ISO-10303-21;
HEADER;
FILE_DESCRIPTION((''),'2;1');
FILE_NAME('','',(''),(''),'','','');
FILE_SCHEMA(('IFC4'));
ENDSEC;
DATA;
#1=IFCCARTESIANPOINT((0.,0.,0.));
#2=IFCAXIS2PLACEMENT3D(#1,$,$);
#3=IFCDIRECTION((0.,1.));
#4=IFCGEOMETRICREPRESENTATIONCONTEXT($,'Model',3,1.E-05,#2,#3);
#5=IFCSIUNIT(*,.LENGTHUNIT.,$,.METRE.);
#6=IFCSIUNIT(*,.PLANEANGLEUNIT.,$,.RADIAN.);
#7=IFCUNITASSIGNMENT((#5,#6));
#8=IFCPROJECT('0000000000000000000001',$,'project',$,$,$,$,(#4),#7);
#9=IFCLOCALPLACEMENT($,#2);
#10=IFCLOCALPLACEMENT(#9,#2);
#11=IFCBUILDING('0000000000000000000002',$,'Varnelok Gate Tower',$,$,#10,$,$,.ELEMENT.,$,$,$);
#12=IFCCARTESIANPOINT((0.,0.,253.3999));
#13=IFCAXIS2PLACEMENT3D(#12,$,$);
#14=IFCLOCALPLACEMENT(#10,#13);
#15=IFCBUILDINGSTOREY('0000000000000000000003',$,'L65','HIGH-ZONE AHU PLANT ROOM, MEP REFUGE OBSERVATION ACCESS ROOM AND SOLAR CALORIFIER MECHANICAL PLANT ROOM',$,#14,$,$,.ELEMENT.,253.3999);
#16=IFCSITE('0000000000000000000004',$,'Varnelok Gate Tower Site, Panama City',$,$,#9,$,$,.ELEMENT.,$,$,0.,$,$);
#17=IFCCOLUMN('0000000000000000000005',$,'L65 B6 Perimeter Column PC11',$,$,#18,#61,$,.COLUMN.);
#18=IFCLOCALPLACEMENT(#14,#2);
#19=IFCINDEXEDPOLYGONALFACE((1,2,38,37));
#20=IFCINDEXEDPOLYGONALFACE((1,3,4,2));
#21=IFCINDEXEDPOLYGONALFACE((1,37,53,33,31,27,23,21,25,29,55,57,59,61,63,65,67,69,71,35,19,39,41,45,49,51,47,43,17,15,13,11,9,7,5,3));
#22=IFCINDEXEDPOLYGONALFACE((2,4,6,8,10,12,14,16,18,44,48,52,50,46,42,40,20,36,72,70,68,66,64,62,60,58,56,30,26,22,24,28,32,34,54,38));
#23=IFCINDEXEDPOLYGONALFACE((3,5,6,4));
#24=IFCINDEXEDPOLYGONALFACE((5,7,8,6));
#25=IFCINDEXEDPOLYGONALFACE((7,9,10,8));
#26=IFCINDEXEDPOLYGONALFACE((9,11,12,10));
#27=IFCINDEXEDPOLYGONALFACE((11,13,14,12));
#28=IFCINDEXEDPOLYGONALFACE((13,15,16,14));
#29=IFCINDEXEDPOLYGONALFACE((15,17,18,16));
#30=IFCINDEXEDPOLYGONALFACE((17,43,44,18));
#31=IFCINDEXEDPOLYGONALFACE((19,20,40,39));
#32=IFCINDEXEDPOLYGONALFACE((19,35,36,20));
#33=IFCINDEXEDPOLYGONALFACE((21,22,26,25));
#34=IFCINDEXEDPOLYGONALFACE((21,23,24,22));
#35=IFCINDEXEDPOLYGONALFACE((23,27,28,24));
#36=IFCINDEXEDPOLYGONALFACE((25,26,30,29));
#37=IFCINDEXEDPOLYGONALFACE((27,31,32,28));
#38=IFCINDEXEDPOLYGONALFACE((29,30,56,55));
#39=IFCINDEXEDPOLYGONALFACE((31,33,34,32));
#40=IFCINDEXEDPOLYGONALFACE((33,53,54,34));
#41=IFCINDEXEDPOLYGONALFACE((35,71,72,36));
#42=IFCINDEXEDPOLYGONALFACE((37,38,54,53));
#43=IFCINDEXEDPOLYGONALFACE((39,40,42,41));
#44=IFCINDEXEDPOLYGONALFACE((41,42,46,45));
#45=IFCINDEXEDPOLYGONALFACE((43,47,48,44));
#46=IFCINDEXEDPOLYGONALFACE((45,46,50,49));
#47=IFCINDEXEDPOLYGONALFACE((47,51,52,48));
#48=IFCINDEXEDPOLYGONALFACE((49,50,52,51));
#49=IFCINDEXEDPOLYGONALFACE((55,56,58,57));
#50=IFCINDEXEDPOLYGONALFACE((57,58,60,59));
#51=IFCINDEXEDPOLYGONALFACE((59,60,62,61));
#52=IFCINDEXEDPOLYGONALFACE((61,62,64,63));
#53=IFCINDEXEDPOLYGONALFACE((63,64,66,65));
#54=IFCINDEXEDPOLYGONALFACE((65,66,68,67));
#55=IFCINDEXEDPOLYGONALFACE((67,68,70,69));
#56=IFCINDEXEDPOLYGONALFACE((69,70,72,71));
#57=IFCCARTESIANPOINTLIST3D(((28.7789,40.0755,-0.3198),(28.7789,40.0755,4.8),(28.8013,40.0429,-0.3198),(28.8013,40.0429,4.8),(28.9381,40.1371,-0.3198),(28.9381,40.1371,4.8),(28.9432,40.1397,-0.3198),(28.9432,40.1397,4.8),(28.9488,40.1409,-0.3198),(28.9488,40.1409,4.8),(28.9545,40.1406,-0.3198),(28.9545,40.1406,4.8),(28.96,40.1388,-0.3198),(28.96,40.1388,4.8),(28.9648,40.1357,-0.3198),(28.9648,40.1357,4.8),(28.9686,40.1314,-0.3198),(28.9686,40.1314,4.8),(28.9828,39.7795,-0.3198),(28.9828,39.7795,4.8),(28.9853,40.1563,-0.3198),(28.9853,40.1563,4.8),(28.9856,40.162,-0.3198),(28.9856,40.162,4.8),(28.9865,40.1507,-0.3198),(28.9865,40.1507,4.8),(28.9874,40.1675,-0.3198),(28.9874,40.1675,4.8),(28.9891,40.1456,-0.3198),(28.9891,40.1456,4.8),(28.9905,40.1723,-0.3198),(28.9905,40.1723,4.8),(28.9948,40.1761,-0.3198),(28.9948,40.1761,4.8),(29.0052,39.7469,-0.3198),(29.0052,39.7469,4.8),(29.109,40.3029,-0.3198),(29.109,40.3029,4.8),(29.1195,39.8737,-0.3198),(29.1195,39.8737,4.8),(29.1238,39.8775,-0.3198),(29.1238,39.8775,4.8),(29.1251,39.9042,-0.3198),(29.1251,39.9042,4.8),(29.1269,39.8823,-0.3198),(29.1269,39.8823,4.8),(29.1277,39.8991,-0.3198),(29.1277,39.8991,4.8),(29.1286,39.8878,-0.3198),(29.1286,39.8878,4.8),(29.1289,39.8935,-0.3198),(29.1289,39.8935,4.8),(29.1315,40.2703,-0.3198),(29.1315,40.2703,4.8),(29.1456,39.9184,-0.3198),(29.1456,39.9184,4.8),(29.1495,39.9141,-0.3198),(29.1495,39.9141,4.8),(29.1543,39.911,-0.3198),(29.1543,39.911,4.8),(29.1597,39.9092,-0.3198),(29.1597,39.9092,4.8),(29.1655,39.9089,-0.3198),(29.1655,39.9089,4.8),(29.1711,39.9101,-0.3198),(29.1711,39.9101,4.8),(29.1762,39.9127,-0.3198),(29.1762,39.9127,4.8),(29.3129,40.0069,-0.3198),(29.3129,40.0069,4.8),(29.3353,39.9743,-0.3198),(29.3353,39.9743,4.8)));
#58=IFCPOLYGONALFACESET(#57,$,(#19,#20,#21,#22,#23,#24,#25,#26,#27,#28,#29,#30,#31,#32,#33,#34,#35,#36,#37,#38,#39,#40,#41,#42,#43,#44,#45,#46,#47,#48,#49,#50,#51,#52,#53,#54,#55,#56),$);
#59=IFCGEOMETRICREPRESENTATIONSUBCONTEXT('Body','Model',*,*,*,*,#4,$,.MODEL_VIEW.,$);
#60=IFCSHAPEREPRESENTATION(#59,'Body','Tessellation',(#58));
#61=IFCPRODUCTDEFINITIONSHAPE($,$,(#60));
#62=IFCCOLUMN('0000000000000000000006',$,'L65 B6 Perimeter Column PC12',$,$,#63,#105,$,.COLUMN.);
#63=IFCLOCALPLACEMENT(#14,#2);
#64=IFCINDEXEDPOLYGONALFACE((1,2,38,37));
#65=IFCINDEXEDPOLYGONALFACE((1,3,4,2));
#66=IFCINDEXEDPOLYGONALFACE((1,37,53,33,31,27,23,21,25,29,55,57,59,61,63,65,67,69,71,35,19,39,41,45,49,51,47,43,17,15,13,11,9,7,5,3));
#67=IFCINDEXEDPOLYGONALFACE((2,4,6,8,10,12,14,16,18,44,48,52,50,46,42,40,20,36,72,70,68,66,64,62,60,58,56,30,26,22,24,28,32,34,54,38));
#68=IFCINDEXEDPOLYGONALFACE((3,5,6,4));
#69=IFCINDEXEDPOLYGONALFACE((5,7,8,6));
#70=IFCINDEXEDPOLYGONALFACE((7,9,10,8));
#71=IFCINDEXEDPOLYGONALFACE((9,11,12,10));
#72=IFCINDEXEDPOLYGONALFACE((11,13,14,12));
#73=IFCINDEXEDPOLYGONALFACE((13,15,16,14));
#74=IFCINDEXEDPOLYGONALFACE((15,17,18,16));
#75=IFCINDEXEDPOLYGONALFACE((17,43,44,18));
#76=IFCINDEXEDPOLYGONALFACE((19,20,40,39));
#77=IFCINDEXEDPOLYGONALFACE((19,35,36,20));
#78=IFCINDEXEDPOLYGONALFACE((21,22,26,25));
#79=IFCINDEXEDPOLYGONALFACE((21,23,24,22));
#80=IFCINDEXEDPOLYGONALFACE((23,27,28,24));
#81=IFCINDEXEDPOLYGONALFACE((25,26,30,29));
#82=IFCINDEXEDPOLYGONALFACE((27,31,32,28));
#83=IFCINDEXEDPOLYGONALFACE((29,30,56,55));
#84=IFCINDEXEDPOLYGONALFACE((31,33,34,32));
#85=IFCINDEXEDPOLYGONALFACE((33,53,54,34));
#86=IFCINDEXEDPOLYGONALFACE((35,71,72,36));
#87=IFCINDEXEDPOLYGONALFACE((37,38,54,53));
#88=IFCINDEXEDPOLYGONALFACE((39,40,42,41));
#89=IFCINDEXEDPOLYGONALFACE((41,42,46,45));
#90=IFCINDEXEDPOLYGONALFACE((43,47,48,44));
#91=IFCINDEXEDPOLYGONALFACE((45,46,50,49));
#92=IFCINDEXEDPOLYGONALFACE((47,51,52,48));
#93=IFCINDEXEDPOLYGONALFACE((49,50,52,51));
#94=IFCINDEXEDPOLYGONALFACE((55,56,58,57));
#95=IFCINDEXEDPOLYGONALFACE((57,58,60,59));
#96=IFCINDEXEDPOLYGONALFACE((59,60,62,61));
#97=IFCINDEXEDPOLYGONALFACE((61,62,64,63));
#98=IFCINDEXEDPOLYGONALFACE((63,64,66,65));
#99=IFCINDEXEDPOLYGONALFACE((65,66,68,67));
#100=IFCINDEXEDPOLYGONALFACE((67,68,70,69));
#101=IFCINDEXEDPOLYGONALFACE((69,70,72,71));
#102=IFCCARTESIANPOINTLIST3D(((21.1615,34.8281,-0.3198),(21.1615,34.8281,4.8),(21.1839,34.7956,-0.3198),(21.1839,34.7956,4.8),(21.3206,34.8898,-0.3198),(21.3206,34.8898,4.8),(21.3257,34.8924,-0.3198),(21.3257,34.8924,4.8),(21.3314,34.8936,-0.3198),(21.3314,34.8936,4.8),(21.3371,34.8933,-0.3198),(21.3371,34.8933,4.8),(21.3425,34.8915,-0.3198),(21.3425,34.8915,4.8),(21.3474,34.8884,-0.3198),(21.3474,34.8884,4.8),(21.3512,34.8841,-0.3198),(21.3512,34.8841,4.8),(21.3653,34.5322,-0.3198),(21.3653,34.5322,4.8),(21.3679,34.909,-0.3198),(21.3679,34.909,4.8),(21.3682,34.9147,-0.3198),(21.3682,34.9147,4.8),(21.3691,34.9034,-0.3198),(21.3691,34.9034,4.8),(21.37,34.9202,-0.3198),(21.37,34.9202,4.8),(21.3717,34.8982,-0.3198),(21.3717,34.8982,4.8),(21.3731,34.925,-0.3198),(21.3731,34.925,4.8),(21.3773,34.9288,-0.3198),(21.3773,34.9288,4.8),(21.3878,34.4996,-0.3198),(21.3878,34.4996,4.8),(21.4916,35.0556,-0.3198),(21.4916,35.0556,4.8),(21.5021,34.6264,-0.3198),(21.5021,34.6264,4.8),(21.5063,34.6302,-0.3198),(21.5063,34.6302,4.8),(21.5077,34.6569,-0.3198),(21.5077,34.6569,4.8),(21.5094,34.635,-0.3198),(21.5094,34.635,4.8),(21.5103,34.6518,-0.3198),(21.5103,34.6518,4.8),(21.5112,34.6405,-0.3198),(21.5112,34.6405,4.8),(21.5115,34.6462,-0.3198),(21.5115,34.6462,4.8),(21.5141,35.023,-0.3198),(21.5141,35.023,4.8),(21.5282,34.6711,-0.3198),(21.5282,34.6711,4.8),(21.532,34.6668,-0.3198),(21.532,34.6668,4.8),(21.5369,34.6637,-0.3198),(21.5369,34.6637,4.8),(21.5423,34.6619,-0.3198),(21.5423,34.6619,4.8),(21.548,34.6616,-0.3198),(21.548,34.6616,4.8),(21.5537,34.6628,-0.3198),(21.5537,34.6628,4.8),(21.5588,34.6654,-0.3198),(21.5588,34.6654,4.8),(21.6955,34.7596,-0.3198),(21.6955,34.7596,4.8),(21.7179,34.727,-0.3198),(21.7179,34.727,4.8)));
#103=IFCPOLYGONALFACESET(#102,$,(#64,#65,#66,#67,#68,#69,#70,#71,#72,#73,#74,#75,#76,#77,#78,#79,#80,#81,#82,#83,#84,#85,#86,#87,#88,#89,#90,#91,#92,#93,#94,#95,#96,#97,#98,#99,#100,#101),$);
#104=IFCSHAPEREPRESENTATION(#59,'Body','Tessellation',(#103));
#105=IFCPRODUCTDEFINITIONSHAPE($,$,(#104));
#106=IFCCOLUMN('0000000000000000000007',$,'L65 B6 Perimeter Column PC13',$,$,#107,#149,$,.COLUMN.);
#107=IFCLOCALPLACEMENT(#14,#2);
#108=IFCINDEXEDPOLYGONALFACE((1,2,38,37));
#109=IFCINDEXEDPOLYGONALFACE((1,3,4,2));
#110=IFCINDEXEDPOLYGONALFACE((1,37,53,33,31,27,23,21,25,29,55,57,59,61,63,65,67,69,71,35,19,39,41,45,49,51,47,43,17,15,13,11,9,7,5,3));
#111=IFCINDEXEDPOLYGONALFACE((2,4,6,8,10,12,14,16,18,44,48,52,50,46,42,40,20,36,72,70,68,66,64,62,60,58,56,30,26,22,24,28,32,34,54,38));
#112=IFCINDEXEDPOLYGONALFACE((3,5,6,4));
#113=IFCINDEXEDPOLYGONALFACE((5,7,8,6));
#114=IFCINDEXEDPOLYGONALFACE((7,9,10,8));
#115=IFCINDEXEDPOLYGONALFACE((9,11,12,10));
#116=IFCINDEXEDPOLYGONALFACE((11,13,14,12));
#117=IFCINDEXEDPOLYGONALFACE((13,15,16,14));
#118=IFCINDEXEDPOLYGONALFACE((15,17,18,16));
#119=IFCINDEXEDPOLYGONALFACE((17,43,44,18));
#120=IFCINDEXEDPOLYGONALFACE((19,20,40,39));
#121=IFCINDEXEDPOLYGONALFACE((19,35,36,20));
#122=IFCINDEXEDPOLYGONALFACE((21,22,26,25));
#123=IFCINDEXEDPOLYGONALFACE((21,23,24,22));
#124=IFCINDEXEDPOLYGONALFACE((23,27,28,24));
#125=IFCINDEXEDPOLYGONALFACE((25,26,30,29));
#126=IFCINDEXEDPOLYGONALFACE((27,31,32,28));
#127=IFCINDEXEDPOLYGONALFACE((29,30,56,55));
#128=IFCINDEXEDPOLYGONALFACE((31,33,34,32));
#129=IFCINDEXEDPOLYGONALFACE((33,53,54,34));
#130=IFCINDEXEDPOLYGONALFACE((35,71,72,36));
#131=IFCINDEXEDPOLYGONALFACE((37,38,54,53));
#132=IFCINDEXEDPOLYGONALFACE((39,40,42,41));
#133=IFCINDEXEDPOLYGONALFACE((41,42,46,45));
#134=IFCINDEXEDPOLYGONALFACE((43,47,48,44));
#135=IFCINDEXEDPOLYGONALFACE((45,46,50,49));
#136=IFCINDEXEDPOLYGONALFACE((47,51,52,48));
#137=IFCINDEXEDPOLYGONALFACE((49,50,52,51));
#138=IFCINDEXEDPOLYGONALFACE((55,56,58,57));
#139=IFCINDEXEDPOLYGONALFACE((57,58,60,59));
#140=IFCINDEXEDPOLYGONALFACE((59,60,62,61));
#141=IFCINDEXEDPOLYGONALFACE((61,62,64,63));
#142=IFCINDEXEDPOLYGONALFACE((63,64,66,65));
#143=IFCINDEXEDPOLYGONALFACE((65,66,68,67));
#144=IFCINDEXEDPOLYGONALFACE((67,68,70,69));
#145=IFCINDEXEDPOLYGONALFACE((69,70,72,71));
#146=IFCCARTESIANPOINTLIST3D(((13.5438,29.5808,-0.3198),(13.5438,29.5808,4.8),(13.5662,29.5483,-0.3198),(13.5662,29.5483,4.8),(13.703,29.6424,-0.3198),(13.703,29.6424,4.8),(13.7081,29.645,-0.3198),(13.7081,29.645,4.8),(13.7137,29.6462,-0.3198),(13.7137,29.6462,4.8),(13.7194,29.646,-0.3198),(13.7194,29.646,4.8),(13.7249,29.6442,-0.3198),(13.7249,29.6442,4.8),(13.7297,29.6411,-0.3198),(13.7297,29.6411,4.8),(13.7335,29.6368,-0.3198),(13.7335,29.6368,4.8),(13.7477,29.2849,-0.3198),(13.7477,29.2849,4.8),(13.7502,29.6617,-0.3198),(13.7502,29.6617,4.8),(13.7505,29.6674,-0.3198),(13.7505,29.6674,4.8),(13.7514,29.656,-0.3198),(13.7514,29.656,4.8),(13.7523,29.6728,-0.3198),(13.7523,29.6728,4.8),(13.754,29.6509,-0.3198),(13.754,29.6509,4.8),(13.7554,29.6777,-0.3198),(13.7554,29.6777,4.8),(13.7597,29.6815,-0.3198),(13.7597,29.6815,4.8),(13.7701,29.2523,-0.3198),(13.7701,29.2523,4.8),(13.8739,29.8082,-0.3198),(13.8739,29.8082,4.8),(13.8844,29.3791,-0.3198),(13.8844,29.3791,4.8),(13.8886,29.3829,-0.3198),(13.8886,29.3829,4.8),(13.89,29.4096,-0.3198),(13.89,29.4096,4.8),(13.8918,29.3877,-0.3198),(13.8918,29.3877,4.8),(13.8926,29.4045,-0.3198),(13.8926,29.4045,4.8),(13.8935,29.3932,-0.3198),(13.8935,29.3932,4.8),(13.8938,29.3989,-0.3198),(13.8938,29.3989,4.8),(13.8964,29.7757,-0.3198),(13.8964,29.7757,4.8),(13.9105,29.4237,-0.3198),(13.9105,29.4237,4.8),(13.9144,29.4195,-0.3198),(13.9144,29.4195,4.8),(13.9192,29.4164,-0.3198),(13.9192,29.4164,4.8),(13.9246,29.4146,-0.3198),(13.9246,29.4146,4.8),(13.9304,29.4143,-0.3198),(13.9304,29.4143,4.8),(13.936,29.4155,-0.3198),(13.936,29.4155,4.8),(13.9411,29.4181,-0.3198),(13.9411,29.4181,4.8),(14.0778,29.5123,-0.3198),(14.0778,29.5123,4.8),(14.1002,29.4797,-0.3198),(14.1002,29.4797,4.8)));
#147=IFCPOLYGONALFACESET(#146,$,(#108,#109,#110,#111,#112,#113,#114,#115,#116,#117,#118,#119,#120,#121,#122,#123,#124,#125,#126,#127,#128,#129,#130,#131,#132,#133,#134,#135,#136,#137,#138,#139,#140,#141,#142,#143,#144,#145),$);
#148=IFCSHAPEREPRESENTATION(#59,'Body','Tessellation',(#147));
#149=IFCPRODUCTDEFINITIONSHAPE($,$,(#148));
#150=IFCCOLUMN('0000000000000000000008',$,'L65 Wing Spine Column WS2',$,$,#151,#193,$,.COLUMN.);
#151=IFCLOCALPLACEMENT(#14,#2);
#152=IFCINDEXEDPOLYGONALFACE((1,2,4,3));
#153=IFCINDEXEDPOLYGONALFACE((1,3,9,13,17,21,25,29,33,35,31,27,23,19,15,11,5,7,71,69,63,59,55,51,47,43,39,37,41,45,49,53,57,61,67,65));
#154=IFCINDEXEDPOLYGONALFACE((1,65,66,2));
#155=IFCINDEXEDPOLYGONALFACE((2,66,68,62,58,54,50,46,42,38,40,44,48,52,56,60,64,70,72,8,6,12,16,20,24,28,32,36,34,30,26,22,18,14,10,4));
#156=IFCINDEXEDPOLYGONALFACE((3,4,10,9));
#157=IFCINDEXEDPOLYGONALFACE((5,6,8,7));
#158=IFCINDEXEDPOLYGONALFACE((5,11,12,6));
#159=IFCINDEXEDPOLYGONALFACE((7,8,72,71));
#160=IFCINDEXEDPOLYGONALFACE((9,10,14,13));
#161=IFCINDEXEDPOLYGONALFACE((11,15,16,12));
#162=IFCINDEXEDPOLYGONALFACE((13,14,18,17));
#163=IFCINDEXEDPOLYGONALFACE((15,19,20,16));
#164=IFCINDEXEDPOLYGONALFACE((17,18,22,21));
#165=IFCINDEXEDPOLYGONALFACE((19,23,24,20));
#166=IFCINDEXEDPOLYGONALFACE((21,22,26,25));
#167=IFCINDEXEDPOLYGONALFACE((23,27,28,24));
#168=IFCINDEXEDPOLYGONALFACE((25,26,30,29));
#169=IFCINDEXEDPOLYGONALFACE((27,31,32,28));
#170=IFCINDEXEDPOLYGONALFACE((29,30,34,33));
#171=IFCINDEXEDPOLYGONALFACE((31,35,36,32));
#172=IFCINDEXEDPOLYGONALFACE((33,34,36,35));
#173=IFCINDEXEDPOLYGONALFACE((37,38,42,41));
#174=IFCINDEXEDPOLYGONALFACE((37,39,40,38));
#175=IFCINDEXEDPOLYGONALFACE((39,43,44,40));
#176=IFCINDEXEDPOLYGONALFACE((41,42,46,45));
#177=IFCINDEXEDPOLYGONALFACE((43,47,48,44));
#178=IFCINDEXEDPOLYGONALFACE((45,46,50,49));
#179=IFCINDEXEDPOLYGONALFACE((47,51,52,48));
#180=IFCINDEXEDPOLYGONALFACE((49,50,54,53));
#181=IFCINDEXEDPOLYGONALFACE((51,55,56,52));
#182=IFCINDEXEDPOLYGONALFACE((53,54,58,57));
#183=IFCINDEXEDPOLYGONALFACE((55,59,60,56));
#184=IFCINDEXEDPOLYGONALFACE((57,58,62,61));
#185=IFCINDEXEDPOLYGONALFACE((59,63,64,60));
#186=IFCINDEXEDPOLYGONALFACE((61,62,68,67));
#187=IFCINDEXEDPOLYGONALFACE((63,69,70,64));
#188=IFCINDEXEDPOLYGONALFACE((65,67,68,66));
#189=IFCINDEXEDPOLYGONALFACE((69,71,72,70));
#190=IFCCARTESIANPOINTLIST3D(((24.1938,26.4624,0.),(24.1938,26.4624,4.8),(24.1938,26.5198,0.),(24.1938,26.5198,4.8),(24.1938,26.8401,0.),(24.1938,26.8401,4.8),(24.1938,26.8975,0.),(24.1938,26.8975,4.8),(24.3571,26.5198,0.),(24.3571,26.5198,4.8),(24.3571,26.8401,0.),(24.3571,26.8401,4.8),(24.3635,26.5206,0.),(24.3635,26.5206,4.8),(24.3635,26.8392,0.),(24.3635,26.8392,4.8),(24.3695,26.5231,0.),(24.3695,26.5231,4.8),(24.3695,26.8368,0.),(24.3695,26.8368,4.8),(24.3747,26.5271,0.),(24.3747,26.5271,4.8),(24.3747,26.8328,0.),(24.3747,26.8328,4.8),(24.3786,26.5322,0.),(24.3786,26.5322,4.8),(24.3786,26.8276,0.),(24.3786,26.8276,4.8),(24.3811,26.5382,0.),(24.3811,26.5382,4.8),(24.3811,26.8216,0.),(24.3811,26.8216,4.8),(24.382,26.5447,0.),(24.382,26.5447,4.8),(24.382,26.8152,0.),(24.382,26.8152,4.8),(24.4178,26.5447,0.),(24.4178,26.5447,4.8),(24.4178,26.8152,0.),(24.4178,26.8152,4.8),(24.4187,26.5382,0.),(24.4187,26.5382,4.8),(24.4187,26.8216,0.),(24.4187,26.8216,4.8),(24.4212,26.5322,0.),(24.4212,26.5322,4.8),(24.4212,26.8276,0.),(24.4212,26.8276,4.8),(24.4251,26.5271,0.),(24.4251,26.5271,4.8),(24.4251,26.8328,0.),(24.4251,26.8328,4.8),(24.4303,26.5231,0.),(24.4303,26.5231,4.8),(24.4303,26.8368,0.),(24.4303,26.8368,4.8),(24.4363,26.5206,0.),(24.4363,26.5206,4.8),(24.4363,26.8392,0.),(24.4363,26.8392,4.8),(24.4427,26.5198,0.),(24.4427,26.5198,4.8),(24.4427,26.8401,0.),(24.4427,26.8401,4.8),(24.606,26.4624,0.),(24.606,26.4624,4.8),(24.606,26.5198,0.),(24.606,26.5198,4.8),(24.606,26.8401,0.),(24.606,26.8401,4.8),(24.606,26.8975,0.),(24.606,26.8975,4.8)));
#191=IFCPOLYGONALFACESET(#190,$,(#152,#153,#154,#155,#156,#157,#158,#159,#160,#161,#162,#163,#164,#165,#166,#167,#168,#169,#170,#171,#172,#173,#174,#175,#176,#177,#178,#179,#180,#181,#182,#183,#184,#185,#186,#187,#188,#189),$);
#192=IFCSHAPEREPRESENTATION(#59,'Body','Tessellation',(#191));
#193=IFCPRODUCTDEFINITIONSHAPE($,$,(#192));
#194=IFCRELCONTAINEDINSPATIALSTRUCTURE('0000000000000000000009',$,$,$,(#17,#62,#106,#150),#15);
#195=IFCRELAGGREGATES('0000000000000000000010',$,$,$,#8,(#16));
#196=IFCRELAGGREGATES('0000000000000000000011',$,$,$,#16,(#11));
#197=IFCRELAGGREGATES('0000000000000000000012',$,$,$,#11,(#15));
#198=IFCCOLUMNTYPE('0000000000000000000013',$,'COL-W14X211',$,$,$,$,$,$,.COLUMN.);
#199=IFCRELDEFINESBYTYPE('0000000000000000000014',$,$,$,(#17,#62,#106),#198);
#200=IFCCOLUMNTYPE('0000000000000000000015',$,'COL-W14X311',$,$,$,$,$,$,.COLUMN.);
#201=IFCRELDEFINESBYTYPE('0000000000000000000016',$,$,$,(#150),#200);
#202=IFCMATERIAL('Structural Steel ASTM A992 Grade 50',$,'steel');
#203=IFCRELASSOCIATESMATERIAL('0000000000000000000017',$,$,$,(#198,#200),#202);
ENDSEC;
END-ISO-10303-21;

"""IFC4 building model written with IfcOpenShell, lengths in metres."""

from ifc_helpers import new_model, si_unit, direction, frame, origin, origin_2d, place, context, subcontext, project, spatial, i_section, extrude, material, material_profile, profile_set, type_object, element, save


model = new_model("IFC4")

# Units and contexts
model_context = context("Model", 3, precision=1e-05, world=origin(), true_north=direction((0.0, 1.0)))
body_context = subcontext(model_context, "Body", "Model", "MODEL_VIEW")
ifc_project = project(units=[si_unit("LENGTHUNIT", "METRE"), si_unit("PLANEANGLEUNIT", "RADIAN")], contexts=[model_context])

# Site, building, storey
site_placement = place(None, origin())
site = spatial("IfcSite", under=ifc_project, at=site_placement, Name="Varnelok Gate Tower Site, Panama City", CompositionType="ELEMENT", RefElevation=0.0)
building_placement = place(site_placement, origin())
building = spatial("IfcBuilding", under=site, at=building_placement, Name="Varnelok Gate Tower", CompositionType="ELEMENT")
storey_placement = place(building_placement, frame((0.0, 0.0, 253.3999)))
storey = spatial("IfcBuildingStorey", under=building, at=storey_placement, Name="L65", Description="HIGH-ZONE AHU PLANT ROOM, MEP REFUGE OBSERVATION ACCESS ROOM AND SOLAR CALORIFIER MECHANICAL PLANT ROOM", CompositionType="ELEMENT", Elevation=253.3999)

# Columns
ifc_material_1 = material(Name="Structural Steel ASTM A992 Grade 50", Category="steel")
ifc_material_profile_1 = material_profile(ifc_material_1, i_section(OverallWidth=0.4009, OverallDepth=0.3989, WebThickness=0.0249, FlangeThickness=0.0396, FilletRadius=0.022, at=origin_2d()), Name="W14X211")
ifc_profile_set_1 = profile_set([ifc_material_profile_1], Name="Structural Steel ASTM A992 Grade 50")
column_type_1 = type_object("IfcColumnType", Name="COL-W14X211", PredefinedType="COLUMN", material=ifc_profile_set_1)
for number, where, z_axis, x_axis, name in (
    (1, (29.0571, 40.0249, -0.3198), (0.0, 0.0, 1.0), (0.823533, 0.567269, 0.0), "L65 B6 Perimeter Column PC11"),
    (2, (21.4397, 34.7776, -0.3198), (0.0, 0.0, 1.0), (0.823533, 0.567269, 0.0), "L65 B6 Perimeter Column PC12"),
    (3, (13.822, 29.5303, -0.3198), (0.0, 0.0, 1.0), (0.823533, 0.567269, 0.0), "L65 B6 Perimeter Column PC13"),
):
    element("IfcColumn", number, at=place(storey_placement, frame(where, z_axis=z_axis, x_axis=x_axis)), inside=storey, type_object=column_type_1, Name=name, PredefinedType="COLUMN", context=body_context, shape_type="SweptSolid", body=[
        extrude(i_section(OverallWidth=0.4009, OverallDepth=0.3989, WebThickness=0.0249, FlangeThickness=0.0396, FilletRadius=0.022, at=origin_2d()), origin(), (0.0, 0.0, 1.0), 5.1199),
    ])
ifc_material_profile_2 = material_profile(ifc_material_1, i_section(OverallWidth=0.4121, OverallDepth=0.4351, WebThickness=0.0359, FlangeThickness=0.0574, FilletRadius=0.0249, at=origin_2d()), Name="W14X311")
ifc_profile_set_2 = profile_set([ifc_material_profile_2], Name="Structural Steel ASTM A992 Grade 50")
column_type_2 = type_object("IfcColumnType", Name="COL-W14X311", PredefinedType="COLUMN", material=ifc_profile_set_2)
column_placement = place(storey_placement, frame((24.3999, 26.6799, 0.0), z_axis=(0.0, 0.0, 1.0), x_axis=(1.0, 0.0, 0.0)))
element("IfcColumn", 4, at=column_placement, inside=storey, type_object=column_type_2, Name="L65 Wing Spine Column WS2", PredefinedType="COLUMN", context=body_context, shape_type="SweptSolid", body=[
    extrude(i_section(OverallWidth=0.4121, OverallDepth=0.4351, WebThickness=0.0359, FlangeThickness=0.0574, FilletRadius=0.0249, at=origin_2d()), origin(), (0.0, 0.0, 1.0), 4.8),
])

save(model, "model.ifc")
